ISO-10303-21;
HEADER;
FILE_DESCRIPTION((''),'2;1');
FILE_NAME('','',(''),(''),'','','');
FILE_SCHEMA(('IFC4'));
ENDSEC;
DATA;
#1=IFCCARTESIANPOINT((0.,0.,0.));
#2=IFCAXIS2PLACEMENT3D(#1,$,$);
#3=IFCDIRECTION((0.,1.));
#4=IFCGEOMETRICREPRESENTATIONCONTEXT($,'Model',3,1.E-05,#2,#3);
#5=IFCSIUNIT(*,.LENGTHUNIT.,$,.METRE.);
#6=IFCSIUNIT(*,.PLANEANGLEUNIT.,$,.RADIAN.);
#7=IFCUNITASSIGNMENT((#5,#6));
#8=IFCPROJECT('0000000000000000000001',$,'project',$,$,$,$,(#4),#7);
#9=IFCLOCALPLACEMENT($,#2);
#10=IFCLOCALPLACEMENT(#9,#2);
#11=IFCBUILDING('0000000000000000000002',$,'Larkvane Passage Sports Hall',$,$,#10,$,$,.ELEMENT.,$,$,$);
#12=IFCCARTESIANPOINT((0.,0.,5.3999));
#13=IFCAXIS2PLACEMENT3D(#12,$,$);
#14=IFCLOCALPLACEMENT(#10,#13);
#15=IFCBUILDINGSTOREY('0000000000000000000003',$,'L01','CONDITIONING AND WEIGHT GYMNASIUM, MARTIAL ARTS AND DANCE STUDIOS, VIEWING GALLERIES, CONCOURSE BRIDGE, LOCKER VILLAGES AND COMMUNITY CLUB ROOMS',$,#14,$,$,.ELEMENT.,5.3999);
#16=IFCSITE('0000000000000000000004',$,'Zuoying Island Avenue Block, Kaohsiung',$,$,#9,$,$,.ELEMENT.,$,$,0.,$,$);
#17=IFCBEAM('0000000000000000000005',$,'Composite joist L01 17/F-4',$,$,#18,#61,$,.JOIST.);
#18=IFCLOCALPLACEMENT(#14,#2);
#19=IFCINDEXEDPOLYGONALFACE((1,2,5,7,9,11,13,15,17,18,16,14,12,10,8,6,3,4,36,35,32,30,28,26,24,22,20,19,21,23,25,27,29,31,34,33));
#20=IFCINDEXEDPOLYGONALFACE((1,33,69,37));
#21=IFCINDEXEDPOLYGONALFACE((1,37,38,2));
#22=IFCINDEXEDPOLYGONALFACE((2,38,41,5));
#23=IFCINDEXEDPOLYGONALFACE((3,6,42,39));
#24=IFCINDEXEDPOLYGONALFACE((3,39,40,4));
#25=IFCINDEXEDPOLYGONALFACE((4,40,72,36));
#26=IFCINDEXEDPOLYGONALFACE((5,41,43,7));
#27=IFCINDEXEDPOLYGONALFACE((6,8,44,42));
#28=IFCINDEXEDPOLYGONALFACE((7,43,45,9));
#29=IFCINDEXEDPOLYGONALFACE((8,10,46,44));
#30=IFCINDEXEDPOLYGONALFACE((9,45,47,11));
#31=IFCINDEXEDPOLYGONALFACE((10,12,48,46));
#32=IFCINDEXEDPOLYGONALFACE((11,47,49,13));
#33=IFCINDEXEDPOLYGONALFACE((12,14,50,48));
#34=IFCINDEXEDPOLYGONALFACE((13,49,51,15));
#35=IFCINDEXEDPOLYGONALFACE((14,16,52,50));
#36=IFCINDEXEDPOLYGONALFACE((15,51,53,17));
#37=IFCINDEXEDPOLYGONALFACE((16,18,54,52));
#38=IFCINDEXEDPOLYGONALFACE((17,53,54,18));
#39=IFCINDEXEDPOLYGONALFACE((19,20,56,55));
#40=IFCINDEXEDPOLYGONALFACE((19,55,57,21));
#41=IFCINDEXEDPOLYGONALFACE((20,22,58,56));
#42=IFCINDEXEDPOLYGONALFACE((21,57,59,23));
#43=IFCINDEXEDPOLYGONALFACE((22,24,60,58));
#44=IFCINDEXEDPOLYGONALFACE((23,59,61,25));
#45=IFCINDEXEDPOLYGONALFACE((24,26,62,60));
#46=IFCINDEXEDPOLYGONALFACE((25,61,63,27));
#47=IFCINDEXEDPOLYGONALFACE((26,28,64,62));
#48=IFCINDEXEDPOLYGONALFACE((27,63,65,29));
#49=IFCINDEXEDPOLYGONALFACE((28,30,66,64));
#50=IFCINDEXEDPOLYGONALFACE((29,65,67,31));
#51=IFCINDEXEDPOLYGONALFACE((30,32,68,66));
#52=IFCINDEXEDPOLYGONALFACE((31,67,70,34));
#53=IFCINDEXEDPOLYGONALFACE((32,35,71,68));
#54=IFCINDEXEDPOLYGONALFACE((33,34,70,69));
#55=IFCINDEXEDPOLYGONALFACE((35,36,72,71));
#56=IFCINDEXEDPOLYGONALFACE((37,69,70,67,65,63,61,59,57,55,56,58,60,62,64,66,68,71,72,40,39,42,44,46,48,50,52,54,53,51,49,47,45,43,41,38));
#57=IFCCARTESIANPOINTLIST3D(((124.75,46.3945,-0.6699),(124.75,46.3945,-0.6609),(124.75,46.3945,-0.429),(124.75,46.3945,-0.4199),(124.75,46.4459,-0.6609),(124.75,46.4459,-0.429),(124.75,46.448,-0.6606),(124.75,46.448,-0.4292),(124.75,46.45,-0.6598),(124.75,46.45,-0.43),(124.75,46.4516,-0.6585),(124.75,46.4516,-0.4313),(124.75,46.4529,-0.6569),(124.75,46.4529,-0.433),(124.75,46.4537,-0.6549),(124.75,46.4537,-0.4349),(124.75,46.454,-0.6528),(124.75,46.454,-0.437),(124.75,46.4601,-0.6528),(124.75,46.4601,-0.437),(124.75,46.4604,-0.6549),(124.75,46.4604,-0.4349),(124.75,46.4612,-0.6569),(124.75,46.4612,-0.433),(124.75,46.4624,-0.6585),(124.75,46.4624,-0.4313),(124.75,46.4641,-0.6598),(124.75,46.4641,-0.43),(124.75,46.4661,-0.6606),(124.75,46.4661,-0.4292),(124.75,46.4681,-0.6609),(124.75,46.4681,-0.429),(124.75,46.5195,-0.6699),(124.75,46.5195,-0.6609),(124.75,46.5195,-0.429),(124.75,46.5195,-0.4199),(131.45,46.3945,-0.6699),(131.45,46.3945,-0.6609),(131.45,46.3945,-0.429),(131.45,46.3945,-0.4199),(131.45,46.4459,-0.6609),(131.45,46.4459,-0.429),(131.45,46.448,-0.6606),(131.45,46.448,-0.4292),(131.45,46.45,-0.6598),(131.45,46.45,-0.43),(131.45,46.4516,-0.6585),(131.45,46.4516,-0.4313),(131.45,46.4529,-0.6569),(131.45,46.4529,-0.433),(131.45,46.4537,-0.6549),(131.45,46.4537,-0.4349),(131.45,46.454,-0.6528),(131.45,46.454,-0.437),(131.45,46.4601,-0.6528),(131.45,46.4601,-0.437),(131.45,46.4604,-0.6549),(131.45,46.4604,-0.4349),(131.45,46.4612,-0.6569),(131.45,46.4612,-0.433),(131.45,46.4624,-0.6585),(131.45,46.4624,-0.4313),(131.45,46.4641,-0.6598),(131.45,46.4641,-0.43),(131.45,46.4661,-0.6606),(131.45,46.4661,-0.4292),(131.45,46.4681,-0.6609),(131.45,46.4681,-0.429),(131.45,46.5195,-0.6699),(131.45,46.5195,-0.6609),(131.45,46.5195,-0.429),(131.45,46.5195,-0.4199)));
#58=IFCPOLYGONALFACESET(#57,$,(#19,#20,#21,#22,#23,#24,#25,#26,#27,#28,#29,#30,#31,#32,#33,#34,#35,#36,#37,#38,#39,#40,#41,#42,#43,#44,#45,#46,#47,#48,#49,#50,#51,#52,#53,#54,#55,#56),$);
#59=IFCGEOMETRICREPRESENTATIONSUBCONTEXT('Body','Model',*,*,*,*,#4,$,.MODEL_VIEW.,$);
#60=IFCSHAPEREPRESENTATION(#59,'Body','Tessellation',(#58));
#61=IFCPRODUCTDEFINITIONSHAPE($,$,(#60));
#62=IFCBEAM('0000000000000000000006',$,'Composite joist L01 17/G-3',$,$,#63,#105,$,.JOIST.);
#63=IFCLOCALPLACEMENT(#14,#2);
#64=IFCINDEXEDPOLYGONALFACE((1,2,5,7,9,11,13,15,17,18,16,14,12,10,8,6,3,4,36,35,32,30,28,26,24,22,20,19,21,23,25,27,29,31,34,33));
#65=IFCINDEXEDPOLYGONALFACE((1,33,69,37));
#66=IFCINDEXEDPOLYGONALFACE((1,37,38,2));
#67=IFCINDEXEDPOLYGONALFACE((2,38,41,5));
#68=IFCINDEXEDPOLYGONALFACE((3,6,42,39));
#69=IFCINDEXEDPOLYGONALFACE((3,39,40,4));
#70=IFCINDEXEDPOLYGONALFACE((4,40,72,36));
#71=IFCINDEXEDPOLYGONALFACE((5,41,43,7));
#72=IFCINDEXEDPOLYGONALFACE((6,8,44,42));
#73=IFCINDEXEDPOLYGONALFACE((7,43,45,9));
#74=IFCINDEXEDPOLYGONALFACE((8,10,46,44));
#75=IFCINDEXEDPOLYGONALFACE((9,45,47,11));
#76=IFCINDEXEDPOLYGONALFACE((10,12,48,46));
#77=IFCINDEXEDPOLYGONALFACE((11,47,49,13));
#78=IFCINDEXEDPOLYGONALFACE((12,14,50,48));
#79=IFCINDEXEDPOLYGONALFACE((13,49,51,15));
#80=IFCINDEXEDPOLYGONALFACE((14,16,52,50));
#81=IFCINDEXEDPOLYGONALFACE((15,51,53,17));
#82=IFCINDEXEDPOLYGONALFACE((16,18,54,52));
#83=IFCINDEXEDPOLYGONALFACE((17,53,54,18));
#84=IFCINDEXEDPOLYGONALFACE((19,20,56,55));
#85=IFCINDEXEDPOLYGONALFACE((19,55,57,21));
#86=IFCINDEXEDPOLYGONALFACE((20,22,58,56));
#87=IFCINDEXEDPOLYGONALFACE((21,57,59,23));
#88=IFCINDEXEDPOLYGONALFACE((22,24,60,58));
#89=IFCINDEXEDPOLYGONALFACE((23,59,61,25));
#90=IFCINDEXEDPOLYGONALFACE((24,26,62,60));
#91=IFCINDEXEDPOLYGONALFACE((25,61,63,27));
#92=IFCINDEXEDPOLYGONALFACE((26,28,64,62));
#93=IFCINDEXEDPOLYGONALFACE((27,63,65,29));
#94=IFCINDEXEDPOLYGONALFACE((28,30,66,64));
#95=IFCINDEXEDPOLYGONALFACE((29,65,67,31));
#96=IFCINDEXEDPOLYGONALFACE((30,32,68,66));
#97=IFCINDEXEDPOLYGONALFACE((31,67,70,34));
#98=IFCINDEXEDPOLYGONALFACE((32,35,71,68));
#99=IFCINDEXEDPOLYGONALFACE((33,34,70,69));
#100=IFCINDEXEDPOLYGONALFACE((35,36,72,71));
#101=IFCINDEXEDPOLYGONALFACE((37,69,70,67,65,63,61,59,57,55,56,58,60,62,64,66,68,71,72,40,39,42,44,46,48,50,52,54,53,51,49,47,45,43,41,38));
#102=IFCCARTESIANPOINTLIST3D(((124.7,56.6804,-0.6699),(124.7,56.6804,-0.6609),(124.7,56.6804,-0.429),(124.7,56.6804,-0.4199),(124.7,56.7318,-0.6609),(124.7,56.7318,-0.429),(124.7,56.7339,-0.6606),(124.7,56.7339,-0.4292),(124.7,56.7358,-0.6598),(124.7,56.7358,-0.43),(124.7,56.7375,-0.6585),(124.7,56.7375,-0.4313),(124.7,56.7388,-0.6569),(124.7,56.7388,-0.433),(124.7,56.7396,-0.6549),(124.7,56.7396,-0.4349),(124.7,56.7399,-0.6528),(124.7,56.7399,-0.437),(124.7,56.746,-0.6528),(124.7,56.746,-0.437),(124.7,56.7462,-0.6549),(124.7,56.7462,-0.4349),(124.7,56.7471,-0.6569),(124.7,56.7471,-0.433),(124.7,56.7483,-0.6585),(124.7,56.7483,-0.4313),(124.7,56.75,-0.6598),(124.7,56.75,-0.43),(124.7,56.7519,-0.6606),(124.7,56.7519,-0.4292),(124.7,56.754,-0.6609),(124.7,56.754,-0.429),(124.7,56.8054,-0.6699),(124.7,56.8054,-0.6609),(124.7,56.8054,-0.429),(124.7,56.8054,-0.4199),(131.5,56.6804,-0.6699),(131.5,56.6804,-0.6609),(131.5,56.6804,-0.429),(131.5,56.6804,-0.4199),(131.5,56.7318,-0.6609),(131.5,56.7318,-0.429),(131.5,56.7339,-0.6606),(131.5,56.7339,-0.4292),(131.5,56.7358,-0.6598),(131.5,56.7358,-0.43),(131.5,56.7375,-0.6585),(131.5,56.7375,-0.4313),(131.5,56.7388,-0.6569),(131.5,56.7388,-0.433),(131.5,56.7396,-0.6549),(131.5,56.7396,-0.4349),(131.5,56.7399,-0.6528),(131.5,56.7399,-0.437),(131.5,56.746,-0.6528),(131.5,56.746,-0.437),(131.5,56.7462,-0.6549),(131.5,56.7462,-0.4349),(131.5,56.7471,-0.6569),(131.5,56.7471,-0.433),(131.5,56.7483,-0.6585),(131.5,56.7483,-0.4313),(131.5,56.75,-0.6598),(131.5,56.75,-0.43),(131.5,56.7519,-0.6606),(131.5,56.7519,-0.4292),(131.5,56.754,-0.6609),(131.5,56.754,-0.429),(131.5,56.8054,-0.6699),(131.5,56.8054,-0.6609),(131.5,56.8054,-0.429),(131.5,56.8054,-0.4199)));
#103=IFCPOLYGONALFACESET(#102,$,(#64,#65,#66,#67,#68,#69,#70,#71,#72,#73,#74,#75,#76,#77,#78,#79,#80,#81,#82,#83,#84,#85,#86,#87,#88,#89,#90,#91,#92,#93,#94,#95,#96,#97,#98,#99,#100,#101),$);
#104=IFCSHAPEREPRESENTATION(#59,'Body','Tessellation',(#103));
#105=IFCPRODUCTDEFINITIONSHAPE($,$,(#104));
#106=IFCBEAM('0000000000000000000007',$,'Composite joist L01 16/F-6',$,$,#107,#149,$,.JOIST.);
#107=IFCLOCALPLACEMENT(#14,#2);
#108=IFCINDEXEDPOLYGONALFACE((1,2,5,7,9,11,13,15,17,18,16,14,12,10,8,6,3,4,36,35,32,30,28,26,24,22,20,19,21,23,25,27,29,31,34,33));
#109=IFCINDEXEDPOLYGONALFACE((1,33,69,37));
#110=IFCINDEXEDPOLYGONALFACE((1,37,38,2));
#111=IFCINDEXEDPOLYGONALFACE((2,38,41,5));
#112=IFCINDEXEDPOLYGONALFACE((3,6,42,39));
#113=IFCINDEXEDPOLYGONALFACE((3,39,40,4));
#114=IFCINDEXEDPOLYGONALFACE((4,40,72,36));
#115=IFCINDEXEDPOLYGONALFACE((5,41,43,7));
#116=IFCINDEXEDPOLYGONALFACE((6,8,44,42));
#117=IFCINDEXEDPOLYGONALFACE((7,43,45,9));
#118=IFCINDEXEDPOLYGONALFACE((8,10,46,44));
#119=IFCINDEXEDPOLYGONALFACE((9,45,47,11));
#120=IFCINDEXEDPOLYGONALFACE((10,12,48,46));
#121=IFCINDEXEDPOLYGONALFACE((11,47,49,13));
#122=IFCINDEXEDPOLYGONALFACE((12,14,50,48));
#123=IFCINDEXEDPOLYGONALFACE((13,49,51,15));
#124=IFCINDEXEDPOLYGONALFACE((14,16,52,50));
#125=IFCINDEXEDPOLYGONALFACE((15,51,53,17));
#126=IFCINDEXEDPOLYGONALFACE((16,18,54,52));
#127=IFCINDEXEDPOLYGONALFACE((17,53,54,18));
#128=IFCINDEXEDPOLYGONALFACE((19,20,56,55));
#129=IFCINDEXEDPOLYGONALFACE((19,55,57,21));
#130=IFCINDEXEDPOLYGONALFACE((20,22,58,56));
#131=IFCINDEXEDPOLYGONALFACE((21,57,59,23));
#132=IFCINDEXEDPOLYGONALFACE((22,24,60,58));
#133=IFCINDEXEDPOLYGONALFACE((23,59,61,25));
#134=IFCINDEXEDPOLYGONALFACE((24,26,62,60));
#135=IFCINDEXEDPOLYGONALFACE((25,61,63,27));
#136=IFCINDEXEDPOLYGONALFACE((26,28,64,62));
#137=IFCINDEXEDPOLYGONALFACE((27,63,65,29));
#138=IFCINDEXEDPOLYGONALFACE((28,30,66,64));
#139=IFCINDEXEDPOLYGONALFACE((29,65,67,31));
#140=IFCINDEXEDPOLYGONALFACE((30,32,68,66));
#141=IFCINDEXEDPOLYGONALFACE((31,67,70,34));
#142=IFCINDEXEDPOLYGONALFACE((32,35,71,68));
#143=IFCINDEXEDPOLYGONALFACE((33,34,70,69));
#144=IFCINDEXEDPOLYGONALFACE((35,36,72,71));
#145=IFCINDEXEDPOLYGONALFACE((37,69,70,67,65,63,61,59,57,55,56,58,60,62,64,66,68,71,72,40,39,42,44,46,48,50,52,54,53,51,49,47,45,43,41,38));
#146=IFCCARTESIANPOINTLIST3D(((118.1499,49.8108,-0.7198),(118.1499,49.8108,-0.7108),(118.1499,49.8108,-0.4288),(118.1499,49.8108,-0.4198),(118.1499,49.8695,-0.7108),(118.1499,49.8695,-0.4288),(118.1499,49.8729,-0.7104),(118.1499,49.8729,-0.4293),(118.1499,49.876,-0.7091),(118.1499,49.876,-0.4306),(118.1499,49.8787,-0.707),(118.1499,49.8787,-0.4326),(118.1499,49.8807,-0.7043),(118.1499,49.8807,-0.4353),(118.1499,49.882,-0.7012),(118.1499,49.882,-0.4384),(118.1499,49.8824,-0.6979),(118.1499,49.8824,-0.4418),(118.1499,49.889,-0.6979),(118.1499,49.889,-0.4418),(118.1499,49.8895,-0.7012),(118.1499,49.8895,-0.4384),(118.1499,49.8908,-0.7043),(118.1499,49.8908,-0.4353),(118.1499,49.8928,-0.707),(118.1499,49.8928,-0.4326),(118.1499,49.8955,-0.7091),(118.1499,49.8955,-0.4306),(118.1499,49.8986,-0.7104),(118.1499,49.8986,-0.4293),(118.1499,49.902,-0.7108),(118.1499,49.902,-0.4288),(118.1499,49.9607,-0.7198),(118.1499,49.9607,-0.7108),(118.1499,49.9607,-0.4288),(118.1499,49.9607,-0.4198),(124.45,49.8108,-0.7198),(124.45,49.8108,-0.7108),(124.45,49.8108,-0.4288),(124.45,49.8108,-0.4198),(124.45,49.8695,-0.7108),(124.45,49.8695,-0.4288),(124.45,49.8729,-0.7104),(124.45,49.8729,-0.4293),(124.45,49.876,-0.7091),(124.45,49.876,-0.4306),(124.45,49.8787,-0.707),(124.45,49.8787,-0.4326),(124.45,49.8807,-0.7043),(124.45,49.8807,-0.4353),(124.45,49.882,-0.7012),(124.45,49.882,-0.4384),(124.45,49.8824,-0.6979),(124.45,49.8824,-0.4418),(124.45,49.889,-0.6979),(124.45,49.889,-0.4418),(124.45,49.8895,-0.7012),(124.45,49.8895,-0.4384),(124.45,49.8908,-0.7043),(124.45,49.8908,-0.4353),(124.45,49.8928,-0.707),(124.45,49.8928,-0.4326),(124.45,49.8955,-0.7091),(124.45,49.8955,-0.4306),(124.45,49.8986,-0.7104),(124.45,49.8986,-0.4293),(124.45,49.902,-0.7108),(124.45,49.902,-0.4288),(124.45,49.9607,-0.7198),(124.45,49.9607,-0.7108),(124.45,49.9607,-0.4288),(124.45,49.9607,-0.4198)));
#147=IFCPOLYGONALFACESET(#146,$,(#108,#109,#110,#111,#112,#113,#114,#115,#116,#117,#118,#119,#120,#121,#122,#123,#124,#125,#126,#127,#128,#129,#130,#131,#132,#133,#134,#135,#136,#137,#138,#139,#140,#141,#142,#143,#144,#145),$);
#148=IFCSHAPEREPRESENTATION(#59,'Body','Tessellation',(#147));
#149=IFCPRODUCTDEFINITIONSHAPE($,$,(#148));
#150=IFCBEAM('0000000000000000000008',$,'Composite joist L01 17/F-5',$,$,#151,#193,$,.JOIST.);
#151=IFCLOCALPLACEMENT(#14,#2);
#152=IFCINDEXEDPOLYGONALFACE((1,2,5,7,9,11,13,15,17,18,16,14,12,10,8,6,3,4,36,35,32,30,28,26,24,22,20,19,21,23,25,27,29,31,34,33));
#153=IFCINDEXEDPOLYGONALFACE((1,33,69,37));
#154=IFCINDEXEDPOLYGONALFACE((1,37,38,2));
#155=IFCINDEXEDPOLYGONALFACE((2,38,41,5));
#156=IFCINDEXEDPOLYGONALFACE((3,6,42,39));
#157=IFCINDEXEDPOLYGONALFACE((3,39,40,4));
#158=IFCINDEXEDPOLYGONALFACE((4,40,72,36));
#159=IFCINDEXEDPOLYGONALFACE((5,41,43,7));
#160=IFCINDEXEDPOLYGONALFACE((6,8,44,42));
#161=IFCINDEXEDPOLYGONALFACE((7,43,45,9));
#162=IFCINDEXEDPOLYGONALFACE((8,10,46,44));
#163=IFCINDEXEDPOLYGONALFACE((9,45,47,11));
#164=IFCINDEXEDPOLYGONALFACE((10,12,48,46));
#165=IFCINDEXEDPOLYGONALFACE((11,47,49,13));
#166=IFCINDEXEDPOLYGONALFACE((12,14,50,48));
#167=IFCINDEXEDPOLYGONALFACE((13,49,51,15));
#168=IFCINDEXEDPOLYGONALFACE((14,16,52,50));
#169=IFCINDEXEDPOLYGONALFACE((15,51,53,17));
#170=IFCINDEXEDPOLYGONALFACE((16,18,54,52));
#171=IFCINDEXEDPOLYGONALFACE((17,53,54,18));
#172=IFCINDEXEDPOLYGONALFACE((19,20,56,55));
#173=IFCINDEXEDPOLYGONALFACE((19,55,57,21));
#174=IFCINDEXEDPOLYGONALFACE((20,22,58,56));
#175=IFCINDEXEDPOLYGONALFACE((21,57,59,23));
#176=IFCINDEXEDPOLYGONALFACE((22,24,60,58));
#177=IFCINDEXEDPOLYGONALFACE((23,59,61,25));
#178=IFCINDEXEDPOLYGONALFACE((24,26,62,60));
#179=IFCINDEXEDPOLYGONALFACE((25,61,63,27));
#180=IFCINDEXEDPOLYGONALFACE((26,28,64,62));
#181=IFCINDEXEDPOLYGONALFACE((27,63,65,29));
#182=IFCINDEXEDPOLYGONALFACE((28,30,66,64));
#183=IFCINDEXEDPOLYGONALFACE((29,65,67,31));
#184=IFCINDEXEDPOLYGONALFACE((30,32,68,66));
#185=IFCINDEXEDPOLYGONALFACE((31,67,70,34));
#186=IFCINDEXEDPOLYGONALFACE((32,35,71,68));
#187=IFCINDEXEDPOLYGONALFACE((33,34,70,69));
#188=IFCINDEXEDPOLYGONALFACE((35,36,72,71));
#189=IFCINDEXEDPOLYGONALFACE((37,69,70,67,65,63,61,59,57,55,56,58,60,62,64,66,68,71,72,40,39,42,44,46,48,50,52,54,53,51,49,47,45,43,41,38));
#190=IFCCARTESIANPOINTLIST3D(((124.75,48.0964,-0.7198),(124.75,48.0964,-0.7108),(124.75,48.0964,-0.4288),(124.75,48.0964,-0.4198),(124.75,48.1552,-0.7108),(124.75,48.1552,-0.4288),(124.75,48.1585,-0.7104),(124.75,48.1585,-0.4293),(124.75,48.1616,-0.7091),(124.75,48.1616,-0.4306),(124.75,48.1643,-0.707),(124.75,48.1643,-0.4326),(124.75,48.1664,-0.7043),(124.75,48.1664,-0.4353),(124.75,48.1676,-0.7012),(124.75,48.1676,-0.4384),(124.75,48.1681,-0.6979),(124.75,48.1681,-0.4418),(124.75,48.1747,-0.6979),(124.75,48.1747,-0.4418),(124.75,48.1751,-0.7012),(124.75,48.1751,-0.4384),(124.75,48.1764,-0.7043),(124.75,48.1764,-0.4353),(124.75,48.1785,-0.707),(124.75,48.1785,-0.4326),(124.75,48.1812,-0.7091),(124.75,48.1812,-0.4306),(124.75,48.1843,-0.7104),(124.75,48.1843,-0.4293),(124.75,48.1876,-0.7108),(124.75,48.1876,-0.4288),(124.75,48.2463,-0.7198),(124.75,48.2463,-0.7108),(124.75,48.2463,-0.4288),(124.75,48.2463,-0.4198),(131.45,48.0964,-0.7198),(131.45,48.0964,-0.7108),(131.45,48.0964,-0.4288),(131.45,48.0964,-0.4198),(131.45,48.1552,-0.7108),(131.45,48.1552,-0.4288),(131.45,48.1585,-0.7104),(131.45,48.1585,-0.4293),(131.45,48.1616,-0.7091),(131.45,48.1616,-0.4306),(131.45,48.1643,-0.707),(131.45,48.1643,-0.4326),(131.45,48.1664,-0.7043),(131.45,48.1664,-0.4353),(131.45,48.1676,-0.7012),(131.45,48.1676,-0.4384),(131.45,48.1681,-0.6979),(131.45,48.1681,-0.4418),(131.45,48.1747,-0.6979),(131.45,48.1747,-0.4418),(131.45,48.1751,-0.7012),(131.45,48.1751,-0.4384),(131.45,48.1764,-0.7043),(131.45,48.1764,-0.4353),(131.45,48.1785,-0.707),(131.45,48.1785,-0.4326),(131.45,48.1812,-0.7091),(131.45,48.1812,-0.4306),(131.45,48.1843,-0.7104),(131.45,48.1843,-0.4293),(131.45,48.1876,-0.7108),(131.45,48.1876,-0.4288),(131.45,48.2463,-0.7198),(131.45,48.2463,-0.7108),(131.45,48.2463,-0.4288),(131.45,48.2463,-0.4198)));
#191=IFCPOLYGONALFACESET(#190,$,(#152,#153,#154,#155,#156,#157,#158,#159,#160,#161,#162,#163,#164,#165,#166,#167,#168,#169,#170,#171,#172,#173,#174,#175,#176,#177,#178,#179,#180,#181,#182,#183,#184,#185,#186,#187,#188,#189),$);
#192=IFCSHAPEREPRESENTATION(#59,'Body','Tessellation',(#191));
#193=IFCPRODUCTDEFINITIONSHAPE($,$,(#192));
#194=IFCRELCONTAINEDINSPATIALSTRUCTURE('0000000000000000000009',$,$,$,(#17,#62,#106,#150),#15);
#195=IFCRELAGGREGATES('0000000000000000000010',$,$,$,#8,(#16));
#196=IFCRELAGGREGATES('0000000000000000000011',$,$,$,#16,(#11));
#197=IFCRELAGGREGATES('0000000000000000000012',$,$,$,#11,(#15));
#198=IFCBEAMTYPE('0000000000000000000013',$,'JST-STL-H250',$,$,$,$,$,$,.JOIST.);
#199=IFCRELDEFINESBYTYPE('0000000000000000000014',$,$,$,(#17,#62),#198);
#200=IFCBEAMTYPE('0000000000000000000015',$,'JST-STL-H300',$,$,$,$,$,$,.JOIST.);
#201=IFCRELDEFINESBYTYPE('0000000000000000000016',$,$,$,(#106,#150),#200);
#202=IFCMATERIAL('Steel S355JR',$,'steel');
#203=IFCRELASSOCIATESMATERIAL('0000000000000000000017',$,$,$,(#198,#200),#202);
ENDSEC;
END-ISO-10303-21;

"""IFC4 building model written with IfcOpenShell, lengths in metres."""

from ifc_helpers import new_model, si_unit, direction, frame, origin, origin_2d, place, context, subcontext, project, spatial, i_section, extrude, material, material_profile, profile_set, type_object, element, save


model = new_model("IFC4")

# Units and contexts
model_context = context("Model", 3, precision=1e-05, world=origin(), true_north=direction((0.0, 1.0)))
body_context = subcontext(model_context, "Body", "Model", "MODEL_VIEW")
ifc_project = project(units=[si_unit("LENGTHUNIT", "METRE"), si_unit("PLANEANGLEUNIT", "RADIAN")], contexts=[model_context])

# Site, building, storey
site_placement = place(None, origin())
site = spatial("IfcSite", under=ifc_project, at=site_placement, Name="Zuoying Island Avenue Block, Kaohsiung", CompositionType="ELEMENT", RefElevation=0.0)
building_placement = place(site_placement, origin())
building = spatial("IfcBuilding", under=site, at=building_placement, Name="Larkvane Passage Sports Hall", CompositionType="ELEMENT")
storey_placement = place(building_placement, frame((0.0, 0.0, 5.3999)))
storey = spatial("IfcBuildingStorey", under=building, at=storey_placement, Name="L01", Description="CONDITIONING AND WEIGHT GYMNASIUM, MARTIAL ARTS AND DANCE STUDIOS, VIEWING GALLERIES, CONCOURSE BRIDGE, LOCKER VILLAGES AND COMMUNITY CLUB ROOMS", CompositionType="ELEMENT", Elevation=5.3999)

# Beams
ifc_material_1 = material(Name="Steel S355JR", Category="steel")
ifc_material_profile_1 = material_profile(ifc_material_1, i_section(OverallWidth=0.125, OverallDepth=0.25, WebThickness=0.0061, FlangeThickness=0.009, FilletRadius=0.0081, at=origin_2d()), Name="H-250x125x6x9")
ifc_profile_set_1 = profile_set([ifc_material_profile_1], Name="Steel S355JR")
beam_type_1 = type_object("IfcBeamType", Name="JST-STL-H250", PredefinedType="JOIST", material=ifc_profile_set_1)
beam_1_placement = place(storey_placement, frame((124.75, 46.457, -0.5449), z_axis=(1.0, 0.0, 0.0), x_axis=(0.0, 1.0, 0.0)))
element("IfcBeam", 1, at=beam_1_placement, inside=storey, type_object=beam_type_1, Name="Composite joist L01 17/F-4", PredefinedType="JOIST", context=body_context, shape_type="SweptSolid", body=[
    extrude(i_section(OverallWidth=0.125, OverallDepth=0.25, WebThickness=0.0061, FlangeThickness=0.009, FilletRadius=0.0081, at=origin_2d()), origin(), (0.0, 0.0, 1.0), 6.7),
])
beam_2_placement = place(storey_placement, frame((124.7, 56.7429, -0.5449), z_axis=(1.0, 0.0, 0.0), x_axis=(0.0, 1.0, 0.0)))
element("IfcBeam", 2, at=beam_2_placement, inside=storey, type_object=beam_type_1, Name="Composite joist L01 17/G-3", PredefinedType="JOIST", context=body_context, shape_type="SweptSolid", body=[
    extrude(i_section(OverallWidth=0.125, OverallDepth=0.25, WebThickness=0.0061, FlangeThickness=0.009, FilletRadius=0.0081, at=origin_2d()), origin(), (0.0, 0.0, 1.0), 6.8),
])
ifc_material_profile_2 = material_profile(ifc_material_1, i_section(OverallWidth=0.1499, OverallDepth=0.3, WebThickness=0.0066, FlangeThickness=0.009, FilletRadius=0.0129, at=origin_2d()), Name="H-300x150x6.5x9")
ifc_profile_set_2 = profile_set([ifc_material_profile_2], Name="Steel S355JR")
beam_type_2 = type_object("IfcBeamType", Name="JST-STL-H300", PredefinedType="JOIST", material=ifc_profile_set_2)
beam_3_placement = place(storey_placement, frame((118.1499, 49.8857, -0.5698), z_axis=(1.0, 0.0, 0.0), x_axis=(0.0, 1.0, 0.0)))
element("IfcBeam", 3, at=beam_3_placement, inside=storey, type_object=beam_type_2, Name="Composite joist L01 16/F-6", PredefinedType="JOIST", context=body_context, shape_type="SweptSolid", body=[
    extrude(i_section(OverallWidth=0.1499, OverallDepth=0.3, WebThickness=0.0066, FlangeThickness=0.009, FilletRadius=0.0129, at=origin_2d()), origin(), (0.0, 0.0, 1.0), 6.3),
])
beam_4_placement = place(storey_placement, frame((124.75, 48.1714, -0.5698), z_axis=(1.0, 0.0, 0.0), x_axis=(0.0, 1.0, 0.0)))
element("IfcBeam", 4, at=beam_4_placement, inside=storey, type_object=beam_type_2, Name="Composite joist L01 17/F-5", PredefinedType="JOIST", context=body_context, shape_type="SweptSolid", body=[
    extrude(i_section(OverallWidth=0.1499, OverallDepth=0.3, WebThickness=0.0066, FlangeThickness=0.009, FilletRadius=0.0129, at=origin_2d()), origin(), (0.0, 0.0, 1.0), 6.7),
])

save(model, "model.ifc")
